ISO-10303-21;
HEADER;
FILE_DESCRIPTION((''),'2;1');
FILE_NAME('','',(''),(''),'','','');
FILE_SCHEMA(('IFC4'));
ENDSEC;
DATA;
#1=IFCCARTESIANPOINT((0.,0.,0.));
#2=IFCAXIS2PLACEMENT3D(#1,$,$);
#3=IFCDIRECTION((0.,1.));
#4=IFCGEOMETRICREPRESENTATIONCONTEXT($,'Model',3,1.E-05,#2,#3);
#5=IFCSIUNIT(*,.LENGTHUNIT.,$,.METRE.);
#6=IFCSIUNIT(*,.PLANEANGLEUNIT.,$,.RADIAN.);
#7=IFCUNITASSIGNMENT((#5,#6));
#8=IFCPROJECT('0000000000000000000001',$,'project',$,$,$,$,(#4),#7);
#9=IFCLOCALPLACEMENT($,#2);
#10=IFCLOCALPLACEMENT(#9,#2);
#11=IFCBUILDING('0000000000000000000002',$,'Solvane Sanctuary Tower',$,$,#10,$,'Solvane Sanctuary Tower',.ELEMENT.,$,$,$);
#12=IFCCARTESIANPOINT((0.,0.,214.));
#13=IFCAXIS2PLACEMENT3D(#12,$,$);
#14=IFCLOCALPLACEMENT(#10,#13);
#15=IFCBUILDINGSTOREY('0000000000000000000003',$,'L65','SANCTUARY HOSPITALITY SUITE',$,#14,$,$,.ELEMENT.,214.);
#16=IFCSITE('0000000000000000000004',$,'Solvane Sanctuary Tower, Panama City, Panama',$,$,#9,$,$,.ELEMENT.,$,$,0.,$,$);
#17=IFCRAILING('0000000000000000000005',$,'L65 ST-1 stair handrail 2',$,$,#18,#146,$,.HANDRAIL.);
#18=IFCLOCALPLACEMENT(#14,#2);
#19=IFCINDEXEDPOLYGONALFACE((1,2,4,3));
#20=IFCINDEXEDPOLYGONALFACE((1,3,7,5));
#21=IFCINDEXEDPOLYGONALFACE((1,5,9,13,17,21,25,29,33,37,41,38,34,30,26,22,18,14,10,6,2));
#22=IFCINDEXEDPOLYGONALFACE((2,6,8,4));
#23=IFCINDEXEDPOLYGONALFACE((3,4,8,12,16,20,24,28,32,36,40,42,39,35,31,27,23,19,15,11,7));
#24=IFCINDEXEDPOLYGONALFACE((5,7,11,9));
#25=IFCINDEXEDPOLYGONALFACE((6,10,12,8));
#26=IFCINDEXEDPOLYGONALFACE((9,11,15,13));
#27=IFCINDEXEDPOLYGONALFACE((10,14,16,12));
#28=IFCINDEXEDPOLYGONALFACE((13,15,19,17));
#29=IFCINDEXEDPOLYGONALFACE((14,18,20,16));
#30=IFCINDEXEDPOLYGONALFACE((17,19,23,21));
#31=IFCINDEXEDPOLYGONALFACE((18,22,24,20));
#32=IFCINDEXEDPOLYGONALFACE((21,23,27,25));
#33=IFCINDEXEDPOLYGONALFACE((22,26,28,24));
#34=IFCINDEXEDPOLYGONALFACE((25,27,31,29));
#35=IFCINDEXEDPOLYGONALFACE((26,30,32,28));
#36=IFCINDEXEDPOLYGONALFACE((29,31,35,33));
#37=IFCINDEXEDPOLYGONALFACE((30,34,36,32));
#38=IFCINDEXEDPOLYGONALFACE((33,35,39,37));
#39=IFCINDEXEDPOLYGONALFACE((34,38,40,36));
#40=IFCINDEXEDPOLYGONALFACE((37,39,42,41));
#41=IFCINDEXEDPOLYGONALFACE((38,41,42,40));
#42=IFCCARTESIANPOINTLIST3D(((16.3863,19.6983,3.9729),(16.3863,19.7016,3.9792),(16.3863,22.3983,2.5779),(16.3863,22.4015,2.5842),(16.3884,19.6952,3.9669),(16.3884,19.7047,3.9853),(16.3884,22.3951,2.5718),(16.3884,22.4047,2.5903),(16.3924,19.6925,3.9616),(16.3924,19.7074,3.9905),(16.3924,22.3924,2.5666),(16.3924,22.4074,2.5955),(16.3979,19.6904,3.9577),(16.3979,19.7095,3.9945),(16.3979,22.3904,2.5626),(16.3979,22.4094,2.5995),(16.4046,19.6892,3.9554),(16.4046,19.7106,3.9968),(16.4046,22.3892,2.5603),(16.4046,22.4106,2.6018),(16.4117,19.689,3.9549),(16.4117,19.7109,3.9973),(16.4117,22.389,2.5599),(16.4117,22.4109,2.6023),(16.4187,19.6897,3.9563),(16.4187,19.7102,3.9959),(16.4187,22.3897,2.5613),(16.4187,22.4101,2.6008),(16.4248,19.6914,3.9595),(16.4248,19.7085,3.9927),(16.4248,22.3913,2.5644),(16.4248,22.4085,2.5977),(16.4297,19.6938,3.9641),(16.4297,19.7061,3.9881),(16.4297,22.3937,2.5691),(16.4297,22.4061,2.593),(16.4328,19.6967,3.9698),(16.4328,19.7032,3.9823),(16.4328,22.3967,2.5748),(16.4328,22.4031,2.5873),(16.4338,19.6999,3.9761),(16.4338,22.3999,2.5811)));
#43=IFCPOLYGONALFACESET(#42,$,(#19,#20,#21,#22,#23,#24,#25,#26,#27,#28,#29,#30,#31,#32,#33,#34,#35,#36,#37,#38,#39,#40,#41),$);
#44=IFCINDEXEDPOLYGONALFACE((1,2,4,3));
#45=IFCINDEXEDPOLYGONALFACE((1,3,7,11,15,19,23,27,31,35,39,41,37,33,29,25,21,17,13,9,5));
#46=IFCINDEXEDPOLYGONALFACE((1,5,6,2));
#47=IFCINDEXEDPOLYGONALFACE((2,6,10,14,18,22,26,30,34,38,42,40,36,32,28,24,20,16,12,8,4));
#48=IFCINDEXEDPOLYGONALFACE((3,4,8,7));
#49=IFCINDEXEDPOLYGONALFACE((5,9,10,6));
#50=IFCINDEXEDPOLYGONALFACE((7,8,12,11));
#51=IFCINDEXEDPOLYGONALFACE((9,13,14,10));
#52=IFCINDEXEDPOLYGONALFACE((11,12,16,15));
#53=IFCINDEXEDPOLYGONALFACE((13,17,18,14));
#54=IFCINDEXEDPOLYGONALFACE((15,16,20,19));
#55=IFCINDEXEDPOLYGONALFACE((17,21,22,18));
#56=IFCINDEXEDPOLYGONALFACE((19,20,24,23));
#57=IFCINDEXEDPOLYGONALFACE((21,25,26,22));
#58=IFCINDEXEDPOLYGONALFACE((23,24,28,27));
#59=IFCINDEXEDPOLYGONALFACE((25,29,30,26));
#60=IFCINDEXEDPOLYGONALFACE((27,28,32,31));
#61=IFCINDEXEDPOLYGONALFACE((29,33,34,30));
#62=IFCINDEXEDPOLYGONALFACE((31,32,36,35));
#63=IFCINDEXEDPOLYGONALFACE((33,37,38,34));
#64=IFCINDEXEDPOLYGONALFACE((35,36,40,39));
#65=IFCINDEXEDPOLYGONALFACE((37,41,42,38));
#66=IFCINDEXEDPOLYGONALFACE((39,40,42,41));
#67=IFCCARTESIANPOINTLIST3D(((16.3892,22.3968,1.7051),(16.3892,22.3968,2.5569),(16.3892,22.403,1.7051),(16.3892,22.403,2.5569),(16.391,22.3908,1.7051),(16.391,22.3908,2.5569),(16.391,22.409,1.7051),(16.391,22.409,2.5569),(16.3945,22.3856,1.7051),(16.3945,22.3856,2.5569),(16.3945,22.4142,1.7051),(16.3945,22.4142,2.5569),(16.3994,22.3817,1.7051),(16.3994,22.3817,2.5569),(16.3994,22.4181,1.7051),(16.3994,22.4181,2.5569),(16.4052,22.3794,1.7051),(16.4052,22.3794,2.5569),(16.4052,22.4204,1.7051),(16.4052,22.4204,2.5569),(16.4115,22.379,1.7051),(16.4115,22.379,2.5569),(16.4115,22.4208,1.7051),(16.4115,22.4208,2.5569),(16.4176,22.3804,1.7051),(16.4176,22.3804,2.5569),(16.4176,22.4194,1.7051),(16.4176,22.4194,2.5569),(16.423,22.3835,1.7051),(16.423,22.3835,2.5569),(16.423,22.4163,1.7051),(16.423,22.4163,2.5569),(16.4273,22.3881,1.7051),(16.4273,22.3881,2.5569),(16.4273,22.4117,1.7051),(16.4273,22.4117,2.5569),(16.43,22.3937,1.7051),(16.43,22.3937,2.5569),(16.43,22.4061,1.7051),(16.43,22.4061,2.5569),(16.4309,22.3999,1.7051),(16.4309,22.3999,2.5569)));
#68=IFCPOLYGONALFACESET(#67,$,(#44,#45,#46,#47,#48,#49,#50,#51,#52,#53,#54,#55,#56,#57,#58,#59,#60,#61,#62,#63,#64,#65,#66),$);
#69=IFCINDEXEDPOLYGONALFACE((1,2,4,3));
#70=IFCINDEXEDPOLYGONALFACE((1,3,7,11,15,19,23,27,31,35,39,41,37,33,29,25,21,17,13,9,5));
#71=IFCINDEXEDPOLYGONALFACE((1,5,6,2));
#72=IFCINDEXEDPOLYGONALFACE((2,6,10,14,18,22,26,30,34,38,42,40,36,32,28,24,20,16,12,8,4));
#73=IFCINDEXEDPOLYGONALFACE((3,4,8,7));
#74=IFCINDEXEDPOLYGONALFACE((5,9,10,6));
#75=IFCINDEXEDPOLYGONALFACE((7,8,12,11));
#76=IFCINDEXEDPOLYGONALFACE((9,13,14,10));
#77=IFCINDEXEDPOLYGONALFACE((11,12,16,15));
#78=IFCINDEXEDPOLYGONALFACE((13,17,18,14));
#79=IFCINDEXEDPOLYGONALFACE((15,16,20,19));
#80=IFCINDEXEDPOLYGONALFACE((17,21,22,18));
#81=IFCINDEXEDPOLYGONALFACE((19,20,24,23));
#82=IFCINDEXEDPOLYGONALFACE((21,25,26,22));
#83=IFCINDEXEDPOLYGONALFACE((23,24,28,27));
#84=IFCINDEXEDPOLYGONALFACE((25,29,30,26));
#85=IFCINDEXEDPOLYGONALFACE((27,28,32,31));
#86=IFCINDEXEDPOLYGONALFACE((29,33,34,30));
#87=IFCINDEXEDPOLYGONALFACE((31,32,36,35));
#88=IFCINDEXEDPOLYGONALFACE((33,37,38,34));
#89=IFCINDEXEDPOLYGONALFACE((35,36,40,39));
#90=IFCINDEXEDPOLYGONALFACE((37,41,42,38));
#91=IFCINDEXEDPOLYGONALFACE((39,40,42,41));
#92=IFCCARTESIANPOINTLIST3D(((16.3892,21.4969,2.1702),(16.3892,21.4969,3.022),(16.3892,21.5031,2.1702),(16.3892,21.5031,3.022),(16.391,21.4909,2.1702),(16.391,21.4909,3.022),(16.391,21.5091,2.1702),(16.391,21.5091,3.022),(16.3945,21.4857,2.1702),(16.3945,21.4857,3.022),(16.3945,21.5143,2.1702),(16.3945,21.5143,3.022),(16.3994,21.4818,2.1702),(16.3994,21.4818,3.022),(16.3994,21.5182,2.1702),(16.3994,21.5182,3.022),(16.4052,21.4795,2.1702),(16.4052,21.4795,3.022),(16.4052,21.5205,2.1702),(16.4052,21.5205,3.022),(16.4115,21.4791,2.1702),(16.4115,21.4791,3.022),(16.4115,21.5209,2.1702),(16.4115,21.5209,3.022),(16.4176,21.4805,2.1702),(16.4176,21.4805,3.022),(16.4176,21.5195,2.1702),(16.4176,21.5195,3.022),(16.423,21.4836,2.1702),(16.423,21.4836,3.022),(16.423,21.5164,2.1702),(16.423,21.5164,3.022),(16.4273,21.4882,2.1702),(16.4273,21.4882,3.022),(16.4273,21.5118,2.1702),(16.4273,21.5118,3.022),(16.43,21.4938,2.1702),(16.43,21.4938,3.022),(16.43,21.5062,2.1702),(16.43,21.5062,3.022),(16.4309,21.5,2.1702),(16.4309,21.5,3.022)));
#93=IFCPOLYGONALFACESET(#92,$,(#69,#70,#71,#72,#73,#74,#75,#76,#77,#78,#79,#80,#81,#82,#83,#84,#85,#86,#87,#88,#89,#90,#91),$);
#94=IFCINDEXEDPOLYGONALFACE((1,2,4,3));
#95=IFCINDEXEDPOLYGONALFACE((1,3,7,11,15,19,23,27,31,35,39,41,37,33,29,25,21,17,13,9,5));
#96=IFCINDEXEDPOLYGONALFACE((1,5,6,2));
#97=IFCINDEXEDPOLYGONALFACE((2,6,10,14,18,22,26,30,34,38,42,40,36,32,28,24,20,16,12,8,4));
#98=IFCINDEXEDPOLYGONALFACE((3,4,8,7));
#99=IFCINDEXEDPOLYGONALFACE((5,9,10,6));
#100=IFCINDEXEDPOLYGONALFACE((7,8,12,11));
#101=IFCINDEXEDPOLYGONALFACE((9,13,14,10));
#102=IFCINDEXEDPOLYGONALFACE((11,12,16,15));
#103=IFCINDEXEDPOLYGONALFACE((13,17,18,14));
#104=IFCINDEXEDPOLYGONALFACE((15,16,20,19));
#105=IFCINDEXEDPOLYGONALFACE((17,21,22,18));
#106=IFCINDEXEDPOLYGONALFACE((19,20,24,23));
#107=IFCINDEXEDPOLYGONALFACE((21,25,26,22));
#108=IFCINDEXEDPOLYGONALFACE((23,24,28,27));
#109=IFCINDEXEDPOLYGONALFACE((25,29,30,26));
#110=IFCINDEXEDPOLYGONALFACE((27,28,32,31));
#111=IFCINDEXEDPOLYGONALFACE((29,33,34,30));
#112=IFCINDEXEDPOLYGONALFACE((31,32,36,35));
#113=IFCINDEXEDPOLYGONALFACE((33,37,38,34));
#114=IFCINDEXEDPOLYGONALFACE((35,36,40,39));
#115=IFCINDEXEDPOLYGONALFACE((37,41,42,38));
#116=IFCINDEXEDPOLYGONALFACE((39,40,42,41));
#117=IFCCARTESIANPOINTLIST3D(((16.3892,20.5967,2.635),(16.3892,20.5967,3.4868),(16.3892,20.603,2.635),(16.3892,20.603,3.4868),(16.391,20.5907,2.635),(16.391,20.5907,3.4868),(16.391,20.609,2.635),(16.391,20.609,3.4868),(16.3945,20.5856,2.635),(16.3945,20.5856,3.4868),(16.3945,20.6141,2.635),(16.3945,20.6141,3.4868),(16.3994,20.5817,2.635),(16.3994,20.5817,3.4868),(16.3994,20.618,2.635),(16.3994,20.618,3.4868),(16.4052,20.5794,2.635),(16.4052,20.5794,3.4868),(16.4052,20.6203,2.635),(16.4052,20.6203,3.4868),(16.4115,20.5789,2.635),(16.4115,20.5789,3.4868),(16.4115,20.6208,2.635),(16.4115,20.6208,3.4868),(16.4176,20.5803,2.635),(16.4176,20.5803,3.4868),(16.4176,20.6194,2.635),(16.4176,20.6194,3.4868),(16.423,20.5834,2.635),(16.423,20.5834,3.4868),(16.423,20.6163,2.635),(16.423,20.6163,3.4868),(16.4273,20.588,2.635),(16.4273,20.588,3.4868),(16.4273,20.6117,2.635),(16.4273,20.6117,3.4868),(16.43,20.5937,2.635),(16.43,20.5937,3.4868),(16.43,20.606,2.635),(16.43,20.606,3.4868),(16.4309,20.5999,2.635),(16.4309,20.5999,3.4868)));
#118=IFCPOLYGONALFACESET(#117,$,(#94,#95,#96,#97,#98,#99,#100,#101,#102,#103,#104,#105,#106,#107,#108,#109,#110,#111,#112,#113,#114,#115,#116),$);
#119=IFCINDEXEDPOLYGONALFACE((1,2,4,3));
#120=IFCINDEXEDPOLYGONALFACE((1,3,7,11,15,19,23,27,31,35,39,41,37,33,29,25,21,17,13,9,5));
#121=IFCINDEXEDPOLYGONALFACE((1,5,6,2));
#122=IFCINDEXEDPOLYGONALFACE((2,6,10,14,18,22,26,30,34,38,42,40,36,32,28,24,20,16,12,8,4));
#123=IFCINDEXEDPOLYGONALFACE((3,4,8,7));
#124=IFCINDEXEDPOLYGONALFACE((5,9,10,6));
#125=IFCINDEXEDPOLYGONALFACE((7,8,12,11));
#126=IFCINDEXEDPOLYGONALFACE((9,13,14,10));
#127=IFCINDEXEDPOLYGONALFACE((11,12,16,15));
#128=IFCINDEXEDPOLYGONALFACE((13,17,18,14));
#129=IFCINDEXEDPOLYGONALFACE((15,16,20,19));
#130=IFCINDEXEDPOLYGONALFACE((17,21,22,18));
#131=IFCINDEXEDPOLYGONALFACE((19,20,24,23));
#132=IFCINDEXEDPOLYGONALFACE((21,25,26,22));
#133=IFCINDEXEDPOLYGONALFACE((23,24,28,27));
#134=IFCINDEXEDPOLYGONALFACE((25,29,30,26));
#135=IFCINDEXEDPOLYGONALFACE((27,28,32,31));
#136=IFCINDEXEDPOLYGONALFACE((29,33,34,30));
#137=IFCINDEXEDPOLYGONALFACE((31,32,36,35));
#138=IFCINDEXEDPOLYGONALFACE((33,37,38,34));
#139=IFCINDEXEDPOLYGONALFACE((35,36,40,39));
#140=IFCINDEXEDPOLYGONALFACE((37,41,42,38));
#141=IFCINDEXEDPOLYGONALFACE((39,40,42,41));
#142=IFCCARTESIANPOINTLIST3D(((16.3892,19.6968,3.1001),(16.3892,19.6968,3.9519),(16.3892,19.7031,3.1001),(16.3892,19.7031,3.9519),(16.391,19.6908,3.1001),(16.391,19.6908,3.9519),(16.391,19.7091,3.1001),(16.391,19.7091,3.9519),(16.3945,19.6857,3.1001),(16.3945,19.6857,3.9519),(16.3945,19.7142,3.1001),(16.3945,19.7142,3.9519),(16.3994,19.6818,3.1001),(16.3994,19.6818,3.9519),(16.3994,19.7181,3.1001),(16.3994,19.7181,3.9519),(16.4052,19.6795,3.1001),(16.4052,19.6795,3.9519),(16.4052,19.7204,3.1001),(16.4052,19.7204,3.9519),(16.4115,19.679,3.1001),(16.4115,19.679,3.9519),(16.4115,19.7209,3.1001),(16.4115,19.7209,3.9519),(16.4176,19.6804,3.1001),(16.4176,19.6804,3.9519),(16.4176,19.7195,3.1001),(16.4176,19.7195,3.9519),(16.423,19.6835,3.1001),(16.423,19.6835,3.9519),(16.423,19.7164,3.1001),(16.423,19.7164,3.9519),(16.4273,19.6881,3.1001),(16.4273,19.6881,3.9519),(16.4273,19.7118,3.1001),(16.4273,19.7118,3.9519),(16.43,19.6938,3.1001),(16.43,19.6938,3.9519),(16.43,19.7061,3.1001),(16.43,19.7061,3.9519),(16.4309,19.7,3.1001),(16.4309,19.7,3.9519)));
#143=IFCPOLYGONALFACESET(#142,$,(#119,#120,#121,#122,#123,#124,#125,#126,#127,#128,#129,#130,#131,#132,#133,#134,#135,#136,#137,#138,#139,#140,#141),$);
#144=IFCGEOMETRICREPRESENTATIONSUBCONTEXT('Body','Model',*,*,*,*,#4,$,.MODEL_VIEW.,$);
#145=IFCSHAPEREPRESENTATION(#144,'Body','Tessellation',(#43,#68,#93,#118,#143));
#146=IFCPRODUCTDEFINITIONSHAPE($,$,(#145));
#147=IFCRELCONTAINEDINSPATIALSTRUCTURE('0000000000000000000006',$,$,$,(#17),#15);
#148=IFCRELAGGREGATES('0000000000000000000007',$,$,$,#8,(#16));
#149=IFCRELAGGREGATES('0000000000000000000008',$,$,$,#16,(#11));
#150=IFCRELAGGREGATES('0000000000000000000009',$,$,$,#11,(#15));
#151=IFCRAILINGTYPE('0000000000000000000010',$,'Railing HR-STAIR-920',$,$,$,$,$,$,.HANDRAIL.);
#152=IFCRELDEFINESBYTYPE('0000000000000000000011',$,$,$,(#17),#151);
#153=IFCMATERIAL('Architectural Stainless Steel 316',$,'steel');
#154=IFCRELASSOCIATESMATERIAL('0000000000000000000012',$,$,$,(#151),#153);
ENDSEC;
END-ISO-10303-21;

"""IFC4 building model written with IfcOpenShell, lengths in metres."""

from ifc_helpers import new_model, si_unit, direction, frame, origin, origin_2d, place, context, subcontext, project, spatial, circle, extrude, material, type_object, element, save


model = new_model("IFC4")

# Units and contexts
model_context = context("Model", 3, precision=1e-05, world=origin(), true_north=direction((0.0, 1.0)))
body_context = subcontext(model_context, "Body", "Model", "MODEL_VIEW")
ifc_project = project(units=[si_unit("LENGTHUNIT", "METRE"), si_unit("PLANEANGLEUNIT", "RADIAN")], contexts=[model_context])

# Site, building, storey
site_placement = place(None, origin())
site = spatial("IfcSite", under=ifc_project, at=site_placement, Name="Solvane Sanctuary Tower, Panama City, Panama", CompositionType="ELEMENT", RefElevation=0.0)
building_placement = place(site_placement, origin())
building = spatial("IfcBuilding", under=site, at=building_placement, Name="Solvane Sanctuary Tower", LongName="Solvane Sanctuary Tower", CompositionType="ELEMENT")
storey_placement = place(building_placement, frame((0.0, 0.0, 214.0)))
storey = spatial("IfcBuildingStorey", under=building, at=storey_placement, Name="L65", Description="SANCTUARY HOSPITALITY SUITE", CompositionType="ELEMENT", Elevation=214.0)

# Shared definitions
ifc_material_1 = material(Name="Architectural Stainless Steel 316", Category="steel")

# Railing
railing_type_1 = type_object("IfcRailingType", Name="Railing HR-STAIR-920", PredefinedType="HANDRAIL", material=ifc_material_1)
railing_1_placement = place(storey_placement, frame((16.4099, 22.3999, 1.7051)))
element("IfcRailing", 1, at=railing_1_placement, inside=storey, type_object=railing_type_1, Name="L65 ST-1 stair handrail 2", PredefinedType="HANDRAIL", context=body_context, shape_type="SweptSolid", body=[
    extrude(circle(Radius=0.0239, at=origin_2d()), frame((0.0, 0.0, 0.876), z_axis=(0.0, -0.88842, 0.459032), x_axis=(1.0, 0.0, 0.0)), (0.0, 0.0, 1.0), 3.0391),
    extrude(circle(Radius=0.021, at=origin_2d()), origin(), (0.0, 0.0, 1.0), 0.8518),
    extrude(circle(Radius=0.021, at=origin_2d()), frame((0.0, -0.8999, 0.4651)), (0.0, 0.0, 1.0), 0.8518),
    extrude(circle(Radius=0.021, at=origin_2d()), frame((0.0, -1.8, 0.9299)), (0.0, 0.0, 1.0), 0.8518),
    extrude(circle(Radius=0.021, at=origin_2d()), frame((0.0, -2.7, 1.395)), (0.0, 0.0, 1.0), 0.8518),
])

save(model, "model.ifc")
